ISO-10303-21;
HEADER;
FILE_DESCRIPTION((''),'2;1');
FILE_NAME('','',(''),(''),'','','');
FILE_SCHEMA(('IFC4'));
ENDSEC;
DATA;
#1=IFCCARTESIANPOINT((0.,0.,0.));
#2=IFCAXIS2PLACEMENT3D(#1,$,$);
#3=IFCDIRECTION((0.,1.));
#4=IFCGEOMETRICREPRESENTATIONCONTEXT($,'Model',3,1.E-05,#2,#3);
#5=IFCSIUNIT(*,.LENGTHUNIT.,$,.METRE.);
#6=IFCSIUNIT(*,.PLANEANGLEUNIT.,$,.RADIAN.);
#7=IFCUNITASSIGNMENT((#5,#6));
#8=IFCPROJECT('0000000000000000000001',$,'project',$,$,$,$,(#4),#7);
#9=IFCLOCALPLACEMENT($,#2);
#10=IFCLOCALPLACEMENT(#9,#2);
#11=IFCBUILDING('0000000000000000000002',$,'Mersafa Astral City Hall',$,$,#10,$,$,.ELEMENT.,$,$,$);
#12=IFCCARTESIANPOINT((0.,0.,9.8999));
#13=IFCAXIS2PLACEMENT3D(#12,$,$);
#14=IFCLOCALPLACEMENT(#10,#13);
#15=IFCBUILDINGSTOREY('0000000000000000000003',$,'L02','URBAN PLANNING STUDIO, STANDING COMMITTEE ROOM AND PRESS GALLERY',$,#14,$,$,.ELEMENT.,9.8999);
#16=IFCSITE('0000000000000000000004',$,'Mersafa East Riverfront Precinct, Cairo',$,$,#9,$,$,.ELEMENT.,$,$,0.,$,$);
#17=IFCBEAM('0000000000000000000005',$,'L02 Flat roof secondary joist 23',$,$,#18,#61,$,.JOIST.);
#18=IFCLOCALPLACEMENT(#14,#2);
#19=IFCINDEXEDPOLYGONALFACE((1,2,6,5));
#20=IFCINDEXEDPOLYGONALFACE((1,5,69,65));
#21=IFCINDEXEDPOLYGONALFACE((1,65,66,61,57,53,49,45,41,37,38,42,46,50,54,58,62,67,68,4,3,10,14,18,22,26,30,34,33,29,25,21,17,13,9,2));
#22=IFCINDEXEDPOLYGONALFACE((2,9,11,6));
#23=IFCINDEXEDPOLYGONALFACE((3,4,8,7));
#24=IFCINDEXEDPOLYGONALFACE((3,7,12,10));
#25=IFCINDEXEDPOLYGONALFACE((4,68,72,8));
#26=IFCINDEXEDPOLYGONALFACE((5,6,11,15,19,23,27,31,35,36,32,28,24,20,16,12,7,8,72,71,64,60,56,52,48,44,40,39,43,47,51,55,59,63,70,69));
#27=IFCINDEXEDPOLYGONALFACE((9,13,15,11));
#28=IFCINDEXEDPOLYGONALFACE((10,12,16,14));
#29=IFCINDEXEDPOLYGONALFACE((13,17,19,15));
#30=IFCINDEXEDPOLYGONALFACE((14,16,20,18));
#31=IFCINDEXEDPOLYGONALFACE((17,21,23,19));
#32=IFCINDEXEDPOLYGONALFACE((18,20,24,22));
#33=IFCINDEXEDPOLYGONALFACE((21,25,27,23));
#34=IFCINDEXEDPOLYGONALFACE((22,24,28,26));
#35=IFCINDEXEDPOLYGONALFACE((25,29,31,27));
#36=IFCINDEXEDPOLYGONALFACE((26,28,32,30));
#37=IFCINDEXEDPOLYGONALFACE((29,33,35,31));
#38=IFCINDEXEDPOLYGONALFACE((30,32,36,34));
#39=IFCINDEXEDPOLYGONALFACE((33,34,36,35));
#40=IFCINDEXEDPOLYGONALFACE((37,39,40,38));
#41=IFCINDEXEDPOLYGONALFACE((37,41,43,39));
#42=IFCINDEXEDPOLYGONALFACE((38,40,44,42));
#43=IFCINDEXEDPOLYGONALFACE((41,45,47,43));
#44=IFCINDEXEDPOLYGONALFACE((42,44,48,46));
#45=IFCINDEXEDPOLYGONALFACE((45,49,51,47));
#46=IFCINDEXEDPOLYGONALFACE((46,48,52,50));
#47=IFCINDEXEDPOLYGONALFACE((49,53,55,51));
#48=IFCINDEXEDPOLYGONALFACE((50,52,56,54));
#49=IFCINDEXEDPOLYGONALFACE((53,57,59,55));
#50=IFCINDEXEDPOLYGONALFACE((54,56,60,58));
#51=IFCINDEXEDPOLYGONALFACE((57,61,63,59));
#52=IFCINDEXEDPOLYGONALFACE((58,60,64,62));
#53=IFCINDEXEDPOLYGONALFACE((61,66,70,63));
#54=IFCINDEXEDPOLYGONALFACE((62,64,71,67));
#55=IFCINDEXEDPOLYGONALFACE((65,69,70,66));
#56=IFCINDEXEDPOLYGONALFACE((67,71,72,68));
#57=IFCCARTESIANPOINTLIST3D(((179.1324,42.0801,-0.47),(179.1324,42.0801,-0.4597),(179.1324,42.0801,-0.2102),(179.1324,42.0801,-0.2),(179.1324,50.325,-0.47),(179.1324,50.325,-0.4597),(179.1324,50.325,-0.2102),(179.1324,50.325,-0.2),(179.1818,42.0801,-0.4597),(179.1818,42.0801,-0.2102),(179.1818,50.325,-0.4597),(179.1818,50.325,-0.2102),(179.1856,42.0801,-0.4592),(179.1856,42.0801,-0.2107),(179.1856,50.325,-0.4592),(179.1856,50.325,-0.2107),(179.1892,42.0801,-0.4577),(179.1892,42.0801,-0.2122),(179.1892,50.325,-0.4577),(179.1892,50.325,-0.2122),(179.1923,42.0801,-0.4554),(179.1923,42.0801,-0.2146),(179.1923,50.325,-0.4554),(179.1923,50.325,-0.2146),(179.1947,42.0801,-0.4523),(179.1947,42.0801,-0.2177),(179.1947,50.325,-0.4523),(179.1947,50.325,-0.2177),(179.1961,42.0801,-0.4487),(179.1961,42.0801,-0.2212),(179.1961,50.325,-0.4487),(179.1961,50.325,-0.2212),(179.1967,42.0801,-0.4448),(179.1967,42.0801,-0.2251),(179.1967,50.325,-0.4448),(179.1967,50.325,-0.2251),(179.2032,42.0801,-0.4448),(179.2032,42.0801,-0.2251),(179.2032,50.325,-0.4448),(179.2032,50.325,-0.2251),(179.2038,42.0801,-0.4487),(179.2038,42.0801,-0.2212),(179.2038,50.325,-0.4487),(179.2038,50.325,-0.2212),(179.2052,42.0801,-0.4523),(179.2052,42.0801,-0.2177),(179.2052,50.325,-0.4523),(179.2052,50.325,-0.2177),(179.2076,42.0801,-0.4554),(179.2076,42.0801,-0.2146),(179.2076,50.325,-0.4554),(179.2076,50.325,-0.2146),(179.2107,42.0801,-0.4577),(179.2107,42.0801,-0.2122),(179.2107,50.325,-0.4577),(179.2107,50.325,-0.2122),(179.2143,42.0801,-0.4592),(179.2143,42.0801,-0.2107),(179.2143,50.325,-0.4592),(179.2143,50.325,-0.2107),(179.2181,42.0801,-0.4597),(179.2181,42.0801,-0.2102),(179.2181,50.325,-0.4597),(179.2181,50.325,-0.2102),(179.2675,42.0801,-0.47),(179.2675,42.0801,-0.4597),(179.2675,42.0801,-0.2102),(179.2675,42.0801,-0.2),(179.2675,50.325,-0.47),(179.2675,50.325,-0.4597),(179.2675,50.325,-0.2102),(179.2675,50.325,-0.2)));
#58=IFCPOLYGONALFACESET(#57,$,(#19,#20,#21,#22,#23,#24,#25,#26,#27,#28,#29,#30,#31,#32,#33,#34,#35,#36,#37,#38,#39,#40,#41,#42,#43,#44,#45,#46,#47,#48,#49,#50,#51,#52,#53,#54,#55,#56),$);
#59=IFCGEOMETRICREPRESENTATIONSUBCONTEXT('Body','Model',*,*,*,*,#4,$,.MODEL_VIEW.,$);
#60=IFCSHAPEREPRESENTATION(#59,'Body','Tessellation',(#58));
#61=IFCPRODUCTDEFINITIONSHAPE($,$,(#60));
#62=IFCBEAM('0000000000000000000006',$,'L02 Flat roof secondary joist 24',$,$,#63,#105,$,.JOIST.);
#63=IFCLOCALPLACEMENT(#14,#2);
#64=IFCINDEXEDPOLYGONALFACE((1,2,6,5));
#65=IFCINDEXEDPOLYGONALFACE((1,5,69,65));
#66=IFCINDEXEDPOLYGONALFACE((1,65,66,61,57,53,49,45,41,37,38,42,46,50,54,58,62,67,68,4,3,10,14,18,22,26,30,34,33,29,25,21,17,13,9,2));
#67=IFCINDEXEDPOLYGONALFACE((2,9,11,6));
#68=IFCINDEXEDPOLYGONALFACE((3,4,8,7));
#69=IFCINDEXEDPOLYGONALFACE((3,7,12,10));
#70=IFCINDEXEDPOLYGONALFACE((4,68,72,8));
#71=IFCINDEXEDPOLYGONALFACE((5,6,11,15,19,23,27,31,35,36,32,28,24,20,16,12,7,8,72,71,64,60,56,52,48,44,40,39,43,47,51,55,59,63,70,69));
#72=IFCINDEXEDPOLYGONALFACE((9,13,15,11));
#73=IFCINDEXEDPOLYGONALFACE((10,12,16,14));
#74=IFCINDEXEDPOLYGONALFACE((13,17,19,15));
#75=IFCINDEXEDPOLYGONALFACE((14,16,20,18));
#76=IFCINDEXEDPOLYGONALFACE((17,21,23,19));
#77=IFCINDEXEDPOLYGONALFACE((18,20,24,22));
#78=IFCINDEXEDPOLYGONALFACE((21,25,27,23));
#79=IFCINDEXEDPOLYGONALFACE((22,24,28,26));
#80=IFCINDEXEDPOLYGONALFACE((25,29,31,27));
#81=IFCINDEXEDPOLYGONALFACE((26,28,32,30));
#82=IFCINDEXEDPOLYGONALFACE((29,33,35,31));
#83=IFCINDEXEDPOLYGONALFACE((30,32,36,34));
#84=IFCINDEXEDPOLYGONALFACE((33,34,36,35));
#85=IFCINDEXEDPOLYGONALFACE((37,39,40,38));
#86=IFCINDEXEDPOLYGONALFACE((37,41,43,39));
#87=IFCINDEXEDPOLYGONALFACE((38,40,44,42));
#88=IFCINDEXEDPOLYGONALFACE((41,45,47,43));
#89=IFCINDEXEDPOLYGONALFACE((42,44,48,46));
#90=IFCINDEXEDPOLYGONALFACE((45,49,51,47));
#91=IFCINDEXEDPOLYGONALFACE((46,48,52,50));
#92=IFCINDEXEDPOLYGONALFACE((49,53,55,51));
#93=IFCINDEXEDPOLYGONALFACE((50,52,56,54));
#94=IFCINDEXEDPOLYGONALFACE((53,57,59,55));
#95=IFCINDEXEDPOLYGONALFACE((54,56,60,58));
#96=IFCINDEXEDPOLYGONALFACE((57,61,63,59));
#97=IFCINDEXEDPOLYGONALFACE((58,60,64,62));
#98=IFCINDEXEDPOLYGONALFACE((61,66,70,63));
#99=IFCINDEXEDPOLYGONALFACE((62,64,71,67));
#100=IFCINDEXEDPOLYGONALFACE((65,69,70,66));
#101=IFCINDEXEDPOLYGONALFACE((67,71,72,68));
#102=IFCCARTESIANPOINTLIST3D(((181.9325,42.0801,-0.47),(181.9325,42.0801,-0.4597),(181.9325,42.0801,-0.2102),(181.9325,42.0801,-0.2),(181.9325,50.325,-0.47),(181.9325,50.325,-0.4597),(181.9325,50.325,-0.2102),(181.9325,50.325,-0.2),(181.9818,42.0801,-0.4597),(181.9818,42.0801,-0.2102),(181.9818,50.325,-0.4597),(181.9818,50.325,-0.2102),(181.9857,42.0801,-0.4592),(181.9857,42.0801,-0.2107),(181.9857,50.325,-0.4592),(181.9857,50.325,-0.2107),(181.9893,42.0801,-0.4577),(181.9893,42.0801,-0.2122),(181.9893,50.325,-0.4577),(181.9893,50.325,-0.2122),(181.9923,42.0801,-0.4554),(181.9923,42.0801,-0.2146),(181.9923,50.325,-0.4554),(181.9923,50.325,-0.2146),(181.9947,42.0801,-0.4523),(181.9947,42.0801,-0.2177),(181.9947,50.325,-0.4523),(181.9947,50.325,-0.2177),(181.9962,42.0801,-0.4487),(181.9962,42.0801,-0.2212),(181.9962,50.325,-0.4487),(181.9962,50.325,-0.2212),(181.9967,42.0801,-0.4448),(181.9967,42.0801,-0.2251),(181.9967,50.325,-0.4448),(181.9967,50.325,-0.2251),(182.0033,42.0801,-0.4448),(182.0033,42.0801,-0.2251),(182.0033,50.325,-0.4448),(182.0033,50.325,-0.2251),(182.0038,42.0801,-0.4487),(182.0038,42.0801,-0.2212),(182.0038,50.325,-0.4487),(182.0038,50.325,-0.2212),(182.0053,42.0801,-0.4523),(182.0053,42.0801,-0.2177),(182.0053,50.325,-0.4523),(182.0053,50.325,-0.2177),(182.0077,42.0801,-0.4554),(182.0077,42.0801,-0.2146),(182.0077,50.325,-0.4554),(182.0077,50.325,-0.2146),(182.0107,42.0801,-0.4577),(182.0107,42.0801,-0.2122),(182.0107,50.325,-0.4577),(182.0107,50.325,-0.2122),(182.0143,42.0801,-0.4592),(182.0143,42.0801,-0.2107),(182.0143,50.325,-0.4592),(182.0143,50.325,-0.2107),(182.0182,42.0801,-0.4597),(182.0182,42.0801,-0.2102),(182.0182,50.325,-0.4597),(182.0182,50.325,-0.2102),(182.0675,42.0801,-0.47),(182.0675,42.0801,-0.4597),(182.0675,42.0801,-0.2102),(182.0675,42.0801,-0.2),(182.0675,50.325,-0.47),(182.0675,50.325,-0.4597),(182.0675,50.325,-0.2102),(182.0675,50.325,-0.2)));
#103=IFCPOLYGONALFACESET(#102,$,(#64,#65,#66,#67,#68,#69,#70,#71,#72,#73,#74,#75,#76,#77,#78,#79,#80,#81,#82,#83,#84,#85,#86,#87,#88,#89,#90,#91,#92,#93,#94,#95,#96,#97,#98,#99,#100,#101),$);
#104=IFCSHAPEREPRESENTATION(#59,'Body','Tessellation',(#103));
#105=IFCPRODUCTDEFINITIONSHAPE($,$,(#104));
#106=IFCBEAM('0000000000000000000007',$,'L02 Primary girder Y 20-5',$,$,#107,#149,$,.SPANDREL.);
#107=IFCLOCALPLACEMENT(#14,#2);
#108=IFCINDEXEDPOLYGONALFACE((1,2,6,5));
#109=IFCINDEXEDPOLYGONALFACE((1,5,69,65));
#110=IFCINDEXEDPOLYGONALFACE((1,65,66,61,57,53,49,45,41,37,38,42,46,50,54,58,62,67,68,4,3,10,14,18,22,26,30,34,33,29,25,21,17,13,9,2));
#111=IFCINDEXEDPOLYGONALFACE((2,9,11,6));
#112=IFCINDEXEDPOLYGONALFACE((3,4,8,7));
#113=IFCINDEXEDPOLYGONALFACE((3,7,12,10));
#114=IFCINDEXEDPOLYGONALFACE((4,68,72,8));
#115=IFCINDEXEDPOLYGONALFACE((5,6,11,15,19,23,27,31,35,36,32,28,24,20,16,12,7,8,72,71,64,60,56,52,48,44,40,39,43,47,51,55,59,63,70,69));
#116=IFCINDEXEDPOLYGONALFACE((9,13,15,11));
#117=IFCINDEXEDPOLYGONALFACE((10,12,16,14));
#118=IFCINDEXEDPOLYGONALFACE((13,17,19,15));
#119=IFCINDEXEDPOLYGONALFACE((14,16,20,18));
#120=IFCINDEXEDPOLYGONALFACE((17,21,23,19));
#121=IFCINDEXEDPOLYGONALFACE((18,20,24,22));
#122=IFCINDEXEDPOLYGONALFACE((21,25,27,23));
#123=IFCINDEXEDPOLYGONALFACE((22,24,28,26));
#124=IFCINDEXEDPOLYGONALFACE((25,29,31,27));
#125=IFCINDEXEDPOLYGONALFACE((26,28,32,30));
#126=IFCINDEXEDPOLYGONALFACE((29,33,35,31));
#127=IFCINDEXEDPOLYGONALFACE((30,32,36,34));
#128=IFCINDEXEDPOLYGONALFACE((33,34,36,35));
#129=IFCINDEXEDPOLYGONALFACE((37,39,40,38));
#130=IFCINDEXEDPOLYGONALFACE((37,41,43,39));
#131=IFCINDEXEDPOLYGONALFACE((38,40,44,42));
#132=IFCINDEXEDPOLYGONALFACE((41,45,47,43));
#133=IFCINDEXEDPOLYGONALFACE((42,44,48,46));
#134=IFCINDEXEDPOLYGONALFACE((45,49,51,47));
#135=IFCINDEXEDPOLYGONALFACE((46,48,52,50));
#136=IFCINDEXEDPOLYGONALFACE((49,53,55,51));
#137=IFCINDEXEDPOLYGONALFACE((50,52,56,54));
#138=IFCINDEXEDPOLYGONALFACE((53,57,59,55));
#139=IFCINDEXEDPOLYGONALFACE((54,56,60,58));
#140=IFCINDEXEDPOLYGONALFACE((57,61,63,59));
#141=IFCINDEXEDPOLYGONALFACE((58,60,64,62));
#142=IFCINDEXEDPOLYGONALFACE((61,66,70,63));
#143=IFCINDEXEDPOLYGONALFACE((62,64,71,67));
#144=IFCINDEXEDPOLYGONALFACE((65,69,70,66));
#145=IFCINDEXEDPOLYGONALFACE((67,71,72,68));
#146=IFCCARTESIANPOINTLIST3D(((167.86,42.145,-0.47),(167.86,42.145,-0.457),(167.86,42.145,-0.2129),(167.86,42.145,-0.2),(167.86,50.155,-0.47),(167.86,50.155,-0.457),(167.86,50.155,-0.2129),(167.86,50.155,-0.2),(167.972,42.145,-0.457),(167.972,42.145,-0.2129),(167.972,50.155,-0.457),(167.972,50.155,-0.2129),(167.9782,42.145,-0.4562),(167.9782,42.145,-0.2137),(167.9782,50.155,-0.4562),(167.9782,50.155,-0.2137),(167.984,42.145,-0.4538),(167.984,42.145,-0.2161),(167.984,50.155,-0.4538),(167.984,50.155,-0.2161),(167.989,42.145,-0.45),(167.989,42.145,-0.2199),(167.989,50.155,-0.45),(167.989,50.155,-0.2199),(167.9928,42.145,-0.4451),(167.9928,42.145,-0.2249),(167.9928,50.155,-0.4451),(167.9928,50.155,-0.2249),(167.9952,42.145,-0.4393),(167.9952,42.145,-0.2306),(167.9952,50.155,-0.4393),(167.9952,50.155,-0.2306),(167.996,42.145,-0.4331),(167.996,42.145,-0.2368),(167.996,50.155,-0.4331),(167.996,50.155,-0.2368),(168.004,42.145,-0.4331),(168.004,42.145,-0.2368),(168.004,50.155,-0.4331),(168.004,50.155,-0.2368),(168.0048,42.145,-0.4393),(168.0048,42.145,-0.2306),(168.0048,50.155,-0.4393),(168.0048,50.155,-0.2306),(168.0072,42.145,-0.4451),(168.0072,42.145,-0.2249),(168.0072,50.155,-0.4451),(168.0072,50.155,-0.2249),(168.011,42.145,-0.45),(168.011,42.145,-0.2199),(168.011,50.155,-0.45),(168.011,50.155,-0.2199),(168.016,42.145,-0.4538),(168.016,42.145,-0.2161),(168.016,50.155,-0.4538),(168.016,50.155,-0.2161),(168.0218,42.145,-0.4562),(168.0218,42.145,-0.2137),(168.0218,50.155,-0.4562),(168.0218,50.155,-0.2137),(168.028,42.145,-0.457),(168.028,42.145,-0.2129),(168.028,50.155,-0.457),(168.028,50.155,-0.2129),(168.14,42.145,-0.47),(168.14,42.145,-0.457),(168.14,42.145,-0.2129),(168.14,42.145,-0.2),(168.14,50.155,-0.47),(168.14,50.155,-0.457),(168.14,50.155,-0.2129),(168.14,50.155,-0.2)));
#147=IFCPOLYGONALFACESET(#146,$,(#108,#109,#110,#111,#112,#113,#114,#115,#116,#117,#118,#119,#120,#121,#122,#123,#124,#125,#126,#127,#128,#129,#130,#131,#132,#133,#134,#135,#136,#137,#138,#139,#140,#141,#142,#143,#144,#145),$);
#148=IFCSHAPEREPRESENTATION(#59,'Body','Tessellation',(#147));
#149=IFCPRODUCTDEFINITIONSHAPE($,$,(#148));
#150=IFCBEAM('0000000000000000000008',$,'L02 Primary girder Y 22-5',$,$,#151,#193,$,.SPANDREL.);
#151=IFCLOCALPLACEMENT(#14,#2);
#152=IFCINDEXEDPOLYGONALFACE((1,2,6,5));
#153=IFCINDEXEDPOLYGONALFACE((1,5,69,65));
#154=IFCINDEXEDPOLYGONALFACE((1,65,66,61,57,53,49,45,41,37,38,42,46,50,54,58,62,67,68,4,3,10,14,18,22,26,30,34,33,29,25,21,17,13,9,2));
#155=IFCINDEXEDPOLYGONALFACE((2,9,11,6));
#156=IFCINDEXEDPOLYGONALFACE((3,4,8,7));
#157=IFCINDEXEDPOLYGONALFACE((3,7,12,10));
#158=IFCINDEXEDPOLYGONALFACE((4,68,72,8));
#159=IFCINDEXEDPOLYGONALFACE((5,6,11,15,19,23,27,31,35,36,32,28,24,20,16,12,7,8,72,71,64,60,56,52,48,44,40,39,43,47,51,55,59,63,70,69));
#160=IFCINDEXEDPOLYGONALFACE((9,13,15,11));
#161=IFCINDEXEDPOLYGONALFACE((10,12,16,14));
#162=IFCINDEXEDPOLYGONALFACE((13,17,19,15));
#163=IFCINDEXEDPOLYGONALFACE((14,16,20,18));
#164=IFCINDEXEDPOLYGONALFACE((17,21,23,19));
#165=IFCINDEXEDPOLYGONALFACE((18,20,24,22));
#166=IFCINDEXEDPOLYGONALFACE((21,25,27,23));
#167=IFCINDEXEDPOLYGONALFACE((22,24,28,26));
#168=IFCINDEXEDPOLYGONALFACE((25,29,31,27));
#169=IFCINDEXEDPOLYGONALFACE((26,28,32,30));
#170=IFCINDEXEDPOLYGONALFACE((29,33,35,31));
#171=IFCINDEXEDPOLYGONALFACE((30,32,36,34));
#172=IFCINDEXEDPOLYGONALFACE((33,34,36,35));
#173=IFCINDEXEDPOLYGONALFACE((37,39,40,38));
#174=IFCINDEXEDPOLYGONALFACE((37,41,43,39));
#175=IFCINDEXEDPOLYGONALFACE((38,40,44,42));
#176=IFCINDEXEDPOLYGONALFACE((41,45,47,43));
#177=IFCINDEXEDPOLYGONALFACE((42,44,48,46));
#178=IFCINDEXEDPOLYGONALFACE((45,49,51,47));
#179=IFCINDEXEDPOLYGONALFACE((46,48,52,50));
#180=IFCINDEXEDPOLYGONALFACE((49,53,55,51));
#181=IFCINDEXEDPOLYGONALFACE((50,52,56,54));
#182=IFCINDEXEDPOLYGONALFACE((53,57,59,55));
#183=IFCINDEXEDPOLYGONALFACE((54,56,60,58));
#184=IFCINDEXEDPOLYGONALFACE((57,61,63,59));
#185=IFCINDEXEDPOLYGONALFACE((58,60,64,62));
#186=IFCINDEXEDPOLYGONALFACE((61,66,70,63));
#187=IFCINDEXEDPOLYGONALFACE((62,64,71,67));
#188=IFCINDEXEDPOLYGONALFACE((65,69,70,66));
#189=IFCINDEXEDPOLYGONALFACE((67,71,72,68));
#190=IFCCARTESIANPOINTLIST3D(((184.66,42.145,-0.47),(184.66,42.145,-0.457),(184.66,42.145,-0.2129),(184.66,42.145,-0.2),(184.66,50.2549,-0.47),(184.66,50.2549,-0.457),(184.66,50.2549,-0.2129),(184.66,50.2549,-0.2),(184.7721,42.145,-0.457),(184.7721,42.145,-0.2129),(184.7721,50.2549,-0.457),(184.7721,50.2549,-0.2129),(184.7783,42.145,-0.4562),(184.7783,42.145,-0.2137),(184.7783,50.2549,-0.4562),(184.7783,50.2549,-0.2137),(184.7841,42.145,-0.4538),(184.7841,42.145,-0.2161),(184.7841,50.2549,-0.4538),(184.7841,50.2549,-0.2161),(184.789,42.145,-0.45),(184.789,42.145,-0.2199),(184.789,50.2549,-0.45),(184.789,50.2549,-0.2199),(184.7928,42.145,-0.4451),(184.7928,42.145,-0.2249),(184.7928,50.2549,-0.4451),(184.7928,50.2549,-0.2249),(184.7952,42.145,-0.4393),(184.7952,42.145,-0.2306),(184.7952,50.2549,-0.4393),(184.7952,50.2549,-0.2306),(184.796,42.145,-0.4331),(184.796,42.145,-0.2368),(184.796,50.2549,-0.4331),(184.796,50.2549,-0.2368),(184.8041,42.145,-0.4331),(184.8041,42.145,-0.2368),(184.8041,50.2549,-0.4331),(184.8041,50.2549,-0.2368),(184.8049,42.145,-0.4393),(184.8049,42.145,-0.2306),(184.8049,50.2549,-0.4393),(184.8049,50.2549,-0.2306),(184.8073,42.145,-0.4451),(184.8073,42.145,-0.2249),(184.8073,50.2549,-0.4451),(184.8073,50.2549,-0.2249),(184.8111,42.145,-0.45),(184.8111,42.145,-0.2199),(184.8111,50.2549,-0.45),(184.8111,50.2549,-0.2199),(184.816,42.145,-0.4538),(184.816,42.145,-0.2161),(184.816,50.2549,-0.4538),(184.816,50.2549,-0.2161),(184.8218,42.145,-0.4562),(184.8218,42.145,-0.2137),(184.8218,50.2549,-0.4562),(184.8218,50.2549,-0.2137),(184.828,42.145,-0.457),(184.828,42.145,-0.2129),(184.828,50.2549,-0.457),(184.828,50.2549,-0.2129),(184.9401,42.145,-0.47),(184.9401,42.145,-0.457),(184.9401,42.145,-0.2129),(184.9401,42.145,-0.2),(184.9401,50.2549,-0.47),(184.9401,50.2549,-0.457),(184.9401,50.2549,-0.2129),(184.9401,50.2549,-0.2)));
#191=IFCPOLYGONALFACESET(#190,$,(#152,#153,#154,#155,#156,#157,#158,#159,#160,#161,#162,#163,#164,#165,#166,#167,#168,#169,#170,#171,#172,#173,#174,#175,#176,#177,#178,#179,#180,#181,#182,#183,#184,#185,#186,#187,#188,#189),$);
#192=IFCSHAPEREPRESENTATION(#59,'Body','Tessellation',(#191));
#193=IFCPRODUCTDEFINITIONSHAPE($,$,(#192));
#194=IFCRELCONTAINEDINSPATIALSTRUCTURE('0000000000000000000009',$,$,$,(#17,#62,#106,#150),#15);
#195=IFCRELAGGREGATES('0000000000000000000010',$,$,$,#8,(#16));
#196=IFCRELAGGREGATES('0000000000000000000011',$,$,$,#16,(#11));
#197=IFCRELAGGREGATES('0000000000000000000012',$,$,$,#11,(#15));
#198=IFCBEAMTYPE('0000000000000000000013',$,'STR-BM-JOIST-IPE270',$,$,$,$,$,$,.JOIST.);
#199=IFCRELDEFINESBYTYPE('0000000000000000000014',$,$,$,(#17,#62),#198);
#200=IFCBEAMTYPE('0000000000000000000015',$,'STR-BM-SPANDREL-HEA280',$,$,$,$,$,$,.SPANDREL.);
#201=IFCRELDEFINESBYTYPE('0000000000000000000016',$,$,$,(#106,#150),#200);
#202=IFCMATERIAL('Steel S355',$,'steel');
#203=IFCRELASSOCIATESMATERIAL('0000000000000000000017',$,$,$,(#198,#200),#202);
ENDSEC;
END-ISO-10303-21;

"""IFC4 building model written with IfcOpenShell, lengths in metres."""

from ifc_helpers import new_model, si_unit, direction, frame, origin, origin_2d, place, context, subcontext, project, spatial, i_section, extrude, material, material_profile, profile_set, type_object, element, save


model = new_model("IFC4")

# Units and contexts
model_context = context("Model", 3, precision=1e-05, world=origin(), true_north=direction((0.0, 1.0)))
body_context = subcontext(model_context, "Body", "Model", "MODEL_VIEW")
ifc_project = project(units=[si_unit("LENGTHUNIT", "METRE"), si_unit("PLANEANGLEUNIT", "RADIAN")], contexts=[model_context])

# Site, building, storey
site_placement = place(None, origin())
site = spatial("IfcSite", under=ifc_project, at=site_placement, Name="Mersafa East Riverfront Precinct, Cairo", CompositionType="ELEMENT", RefElevation=0.0)
building_placement = place(site_placement, origin())
building = spatial("IfcBuilding", under=site, at=building_placement, Name="Mersafa Astral City Hall", CompositionType="ELEMENT")
storey_placement = place(building_placement, frame((0.0, 0.0, 9.8999)))
storey = spatial("IfcBuildingStorey", under=building, at=storey_placement, Name="L02", Description="URBAN PLANNING STUDIO, STANDING COMMITTEE ROOM AND PRESS GALLERY", CompositionType="ELEMENT", Elevation=9.8999)

# Beams
ifc_material_1 = material(Name="Steel S355", Category="steel")
ifc_material_profile_1 = material_profile(ifc_material_1, i_section(OverallWidth=0.135, OverallDepth=0.27, WebThickness=0.0066, FlangeThickness=0.0103, FilletRadius=0.0149, at=origin_2d()), Name="IPE 270")
ifc_profile_set_1 = profile_set([ifc_material_profile_1], Name="Steel S355")
beam_type_1 = type_object("IfcBeamType", Name="STR-BM-JOIST-IPE270", PredefinedType="JOIST", material=ifc_profile_set_1)
for number, where, z_axis, x_axis, name in (
    (1, (179.2, 42.0801, -0.335), (0.0, 1.0, 0.0), (-1.0, 0.0, 0.0), "L02 Flat roof secondary joist 23"),
    (2, (182.0, 42.0801, -0.335), (0.0, 1.0, 0.0), (-1.0, 0.0, 0.0), "L02 Flat roof secondary joist 24"),
):
    element("IfcBeam", number, at=place(storey_placement, frame(where, z_axis=z_axis, x_axis=x_axis)), inside=storey, type_object=beam_type_1, Name=name, PredefinedType="JOIST", context=body_context, shape_type="SweptSolid", body=[
        extrude(i_section(OverallWidth=0.135, OverallDepth=0.27, WebThickness=0.0066, FlangeThickness=0.0103, FilletRadius=0.0149, at=origin_2d()), origin(), (0.0, 0.0, 1.0), 8.2449),
    ])
ifc_material_profile_2 = material_profile(ifc_material_1, i_section(OverallWidth=0.28, OverallDepth=0.27, WebThickness=0.0081, FlangeThickness=0.0129, FilletRadius=0.0239, at=origin_2d()), Name="HEA 280")
ifc_profile_set_2 = profile_set([ifc_material_profile_2], Name="Steel S355")
beam_type_2 = type_object("IfcBeamType", Name="STR-BM-SPANDREL-HEA280", PredefinedType="SPANDREL", material=ifc_profile_set_2)
beam_1_placement = place(storey_placement, frame((168.0, 42.145, -0.335), z_axis=(0.0, 1.0, 0.0), x_axis=(-1.0, 0.0, 0.0)))
element("IfcBeam", 3, at=beam_1_placement, inside=storey, type_object=beam_type_2, Name="L02 Primary girder Y 20-5", PredefinedType="SPANDREL", context=body_context, shape_type="SweptSolid", body=[
    extrude(i_section(OverallWidth=0.28, OverallDepth=0.27, WebThickness=0.0081, FlangeThickness=0.0129, FilletRadius=0.0239, at=origin_2d()), origin(), (0.0, 0.0, 1.0), 8.01),
])
beam_2_placement = place(storey_placement, frame((184.8, 42.145, -0.335), z_axis=(0.0, 1.0, 0.0), x_axis=(-1.0, 0.0, 0.0)))
element("IfcBeam", 4, at=beam_2_placement, inside=storey, type_object=beam_type_2, Name="L02 Primary girder Y 22-5", PredefinedType="SPANDREL", context=body_context, shape_type="SweptSolid", body=[
    extrude(i_section(OverallWidth=0.28, OverallDepth=0.27, WebThickness=0.0081, FlangeThickness=0.0129, FilletRadius=0.0239, at=origin_2d()), origin(), (0.0, 0.0, 1.0), 8.1099),
])

save(model, "model.ifc")
